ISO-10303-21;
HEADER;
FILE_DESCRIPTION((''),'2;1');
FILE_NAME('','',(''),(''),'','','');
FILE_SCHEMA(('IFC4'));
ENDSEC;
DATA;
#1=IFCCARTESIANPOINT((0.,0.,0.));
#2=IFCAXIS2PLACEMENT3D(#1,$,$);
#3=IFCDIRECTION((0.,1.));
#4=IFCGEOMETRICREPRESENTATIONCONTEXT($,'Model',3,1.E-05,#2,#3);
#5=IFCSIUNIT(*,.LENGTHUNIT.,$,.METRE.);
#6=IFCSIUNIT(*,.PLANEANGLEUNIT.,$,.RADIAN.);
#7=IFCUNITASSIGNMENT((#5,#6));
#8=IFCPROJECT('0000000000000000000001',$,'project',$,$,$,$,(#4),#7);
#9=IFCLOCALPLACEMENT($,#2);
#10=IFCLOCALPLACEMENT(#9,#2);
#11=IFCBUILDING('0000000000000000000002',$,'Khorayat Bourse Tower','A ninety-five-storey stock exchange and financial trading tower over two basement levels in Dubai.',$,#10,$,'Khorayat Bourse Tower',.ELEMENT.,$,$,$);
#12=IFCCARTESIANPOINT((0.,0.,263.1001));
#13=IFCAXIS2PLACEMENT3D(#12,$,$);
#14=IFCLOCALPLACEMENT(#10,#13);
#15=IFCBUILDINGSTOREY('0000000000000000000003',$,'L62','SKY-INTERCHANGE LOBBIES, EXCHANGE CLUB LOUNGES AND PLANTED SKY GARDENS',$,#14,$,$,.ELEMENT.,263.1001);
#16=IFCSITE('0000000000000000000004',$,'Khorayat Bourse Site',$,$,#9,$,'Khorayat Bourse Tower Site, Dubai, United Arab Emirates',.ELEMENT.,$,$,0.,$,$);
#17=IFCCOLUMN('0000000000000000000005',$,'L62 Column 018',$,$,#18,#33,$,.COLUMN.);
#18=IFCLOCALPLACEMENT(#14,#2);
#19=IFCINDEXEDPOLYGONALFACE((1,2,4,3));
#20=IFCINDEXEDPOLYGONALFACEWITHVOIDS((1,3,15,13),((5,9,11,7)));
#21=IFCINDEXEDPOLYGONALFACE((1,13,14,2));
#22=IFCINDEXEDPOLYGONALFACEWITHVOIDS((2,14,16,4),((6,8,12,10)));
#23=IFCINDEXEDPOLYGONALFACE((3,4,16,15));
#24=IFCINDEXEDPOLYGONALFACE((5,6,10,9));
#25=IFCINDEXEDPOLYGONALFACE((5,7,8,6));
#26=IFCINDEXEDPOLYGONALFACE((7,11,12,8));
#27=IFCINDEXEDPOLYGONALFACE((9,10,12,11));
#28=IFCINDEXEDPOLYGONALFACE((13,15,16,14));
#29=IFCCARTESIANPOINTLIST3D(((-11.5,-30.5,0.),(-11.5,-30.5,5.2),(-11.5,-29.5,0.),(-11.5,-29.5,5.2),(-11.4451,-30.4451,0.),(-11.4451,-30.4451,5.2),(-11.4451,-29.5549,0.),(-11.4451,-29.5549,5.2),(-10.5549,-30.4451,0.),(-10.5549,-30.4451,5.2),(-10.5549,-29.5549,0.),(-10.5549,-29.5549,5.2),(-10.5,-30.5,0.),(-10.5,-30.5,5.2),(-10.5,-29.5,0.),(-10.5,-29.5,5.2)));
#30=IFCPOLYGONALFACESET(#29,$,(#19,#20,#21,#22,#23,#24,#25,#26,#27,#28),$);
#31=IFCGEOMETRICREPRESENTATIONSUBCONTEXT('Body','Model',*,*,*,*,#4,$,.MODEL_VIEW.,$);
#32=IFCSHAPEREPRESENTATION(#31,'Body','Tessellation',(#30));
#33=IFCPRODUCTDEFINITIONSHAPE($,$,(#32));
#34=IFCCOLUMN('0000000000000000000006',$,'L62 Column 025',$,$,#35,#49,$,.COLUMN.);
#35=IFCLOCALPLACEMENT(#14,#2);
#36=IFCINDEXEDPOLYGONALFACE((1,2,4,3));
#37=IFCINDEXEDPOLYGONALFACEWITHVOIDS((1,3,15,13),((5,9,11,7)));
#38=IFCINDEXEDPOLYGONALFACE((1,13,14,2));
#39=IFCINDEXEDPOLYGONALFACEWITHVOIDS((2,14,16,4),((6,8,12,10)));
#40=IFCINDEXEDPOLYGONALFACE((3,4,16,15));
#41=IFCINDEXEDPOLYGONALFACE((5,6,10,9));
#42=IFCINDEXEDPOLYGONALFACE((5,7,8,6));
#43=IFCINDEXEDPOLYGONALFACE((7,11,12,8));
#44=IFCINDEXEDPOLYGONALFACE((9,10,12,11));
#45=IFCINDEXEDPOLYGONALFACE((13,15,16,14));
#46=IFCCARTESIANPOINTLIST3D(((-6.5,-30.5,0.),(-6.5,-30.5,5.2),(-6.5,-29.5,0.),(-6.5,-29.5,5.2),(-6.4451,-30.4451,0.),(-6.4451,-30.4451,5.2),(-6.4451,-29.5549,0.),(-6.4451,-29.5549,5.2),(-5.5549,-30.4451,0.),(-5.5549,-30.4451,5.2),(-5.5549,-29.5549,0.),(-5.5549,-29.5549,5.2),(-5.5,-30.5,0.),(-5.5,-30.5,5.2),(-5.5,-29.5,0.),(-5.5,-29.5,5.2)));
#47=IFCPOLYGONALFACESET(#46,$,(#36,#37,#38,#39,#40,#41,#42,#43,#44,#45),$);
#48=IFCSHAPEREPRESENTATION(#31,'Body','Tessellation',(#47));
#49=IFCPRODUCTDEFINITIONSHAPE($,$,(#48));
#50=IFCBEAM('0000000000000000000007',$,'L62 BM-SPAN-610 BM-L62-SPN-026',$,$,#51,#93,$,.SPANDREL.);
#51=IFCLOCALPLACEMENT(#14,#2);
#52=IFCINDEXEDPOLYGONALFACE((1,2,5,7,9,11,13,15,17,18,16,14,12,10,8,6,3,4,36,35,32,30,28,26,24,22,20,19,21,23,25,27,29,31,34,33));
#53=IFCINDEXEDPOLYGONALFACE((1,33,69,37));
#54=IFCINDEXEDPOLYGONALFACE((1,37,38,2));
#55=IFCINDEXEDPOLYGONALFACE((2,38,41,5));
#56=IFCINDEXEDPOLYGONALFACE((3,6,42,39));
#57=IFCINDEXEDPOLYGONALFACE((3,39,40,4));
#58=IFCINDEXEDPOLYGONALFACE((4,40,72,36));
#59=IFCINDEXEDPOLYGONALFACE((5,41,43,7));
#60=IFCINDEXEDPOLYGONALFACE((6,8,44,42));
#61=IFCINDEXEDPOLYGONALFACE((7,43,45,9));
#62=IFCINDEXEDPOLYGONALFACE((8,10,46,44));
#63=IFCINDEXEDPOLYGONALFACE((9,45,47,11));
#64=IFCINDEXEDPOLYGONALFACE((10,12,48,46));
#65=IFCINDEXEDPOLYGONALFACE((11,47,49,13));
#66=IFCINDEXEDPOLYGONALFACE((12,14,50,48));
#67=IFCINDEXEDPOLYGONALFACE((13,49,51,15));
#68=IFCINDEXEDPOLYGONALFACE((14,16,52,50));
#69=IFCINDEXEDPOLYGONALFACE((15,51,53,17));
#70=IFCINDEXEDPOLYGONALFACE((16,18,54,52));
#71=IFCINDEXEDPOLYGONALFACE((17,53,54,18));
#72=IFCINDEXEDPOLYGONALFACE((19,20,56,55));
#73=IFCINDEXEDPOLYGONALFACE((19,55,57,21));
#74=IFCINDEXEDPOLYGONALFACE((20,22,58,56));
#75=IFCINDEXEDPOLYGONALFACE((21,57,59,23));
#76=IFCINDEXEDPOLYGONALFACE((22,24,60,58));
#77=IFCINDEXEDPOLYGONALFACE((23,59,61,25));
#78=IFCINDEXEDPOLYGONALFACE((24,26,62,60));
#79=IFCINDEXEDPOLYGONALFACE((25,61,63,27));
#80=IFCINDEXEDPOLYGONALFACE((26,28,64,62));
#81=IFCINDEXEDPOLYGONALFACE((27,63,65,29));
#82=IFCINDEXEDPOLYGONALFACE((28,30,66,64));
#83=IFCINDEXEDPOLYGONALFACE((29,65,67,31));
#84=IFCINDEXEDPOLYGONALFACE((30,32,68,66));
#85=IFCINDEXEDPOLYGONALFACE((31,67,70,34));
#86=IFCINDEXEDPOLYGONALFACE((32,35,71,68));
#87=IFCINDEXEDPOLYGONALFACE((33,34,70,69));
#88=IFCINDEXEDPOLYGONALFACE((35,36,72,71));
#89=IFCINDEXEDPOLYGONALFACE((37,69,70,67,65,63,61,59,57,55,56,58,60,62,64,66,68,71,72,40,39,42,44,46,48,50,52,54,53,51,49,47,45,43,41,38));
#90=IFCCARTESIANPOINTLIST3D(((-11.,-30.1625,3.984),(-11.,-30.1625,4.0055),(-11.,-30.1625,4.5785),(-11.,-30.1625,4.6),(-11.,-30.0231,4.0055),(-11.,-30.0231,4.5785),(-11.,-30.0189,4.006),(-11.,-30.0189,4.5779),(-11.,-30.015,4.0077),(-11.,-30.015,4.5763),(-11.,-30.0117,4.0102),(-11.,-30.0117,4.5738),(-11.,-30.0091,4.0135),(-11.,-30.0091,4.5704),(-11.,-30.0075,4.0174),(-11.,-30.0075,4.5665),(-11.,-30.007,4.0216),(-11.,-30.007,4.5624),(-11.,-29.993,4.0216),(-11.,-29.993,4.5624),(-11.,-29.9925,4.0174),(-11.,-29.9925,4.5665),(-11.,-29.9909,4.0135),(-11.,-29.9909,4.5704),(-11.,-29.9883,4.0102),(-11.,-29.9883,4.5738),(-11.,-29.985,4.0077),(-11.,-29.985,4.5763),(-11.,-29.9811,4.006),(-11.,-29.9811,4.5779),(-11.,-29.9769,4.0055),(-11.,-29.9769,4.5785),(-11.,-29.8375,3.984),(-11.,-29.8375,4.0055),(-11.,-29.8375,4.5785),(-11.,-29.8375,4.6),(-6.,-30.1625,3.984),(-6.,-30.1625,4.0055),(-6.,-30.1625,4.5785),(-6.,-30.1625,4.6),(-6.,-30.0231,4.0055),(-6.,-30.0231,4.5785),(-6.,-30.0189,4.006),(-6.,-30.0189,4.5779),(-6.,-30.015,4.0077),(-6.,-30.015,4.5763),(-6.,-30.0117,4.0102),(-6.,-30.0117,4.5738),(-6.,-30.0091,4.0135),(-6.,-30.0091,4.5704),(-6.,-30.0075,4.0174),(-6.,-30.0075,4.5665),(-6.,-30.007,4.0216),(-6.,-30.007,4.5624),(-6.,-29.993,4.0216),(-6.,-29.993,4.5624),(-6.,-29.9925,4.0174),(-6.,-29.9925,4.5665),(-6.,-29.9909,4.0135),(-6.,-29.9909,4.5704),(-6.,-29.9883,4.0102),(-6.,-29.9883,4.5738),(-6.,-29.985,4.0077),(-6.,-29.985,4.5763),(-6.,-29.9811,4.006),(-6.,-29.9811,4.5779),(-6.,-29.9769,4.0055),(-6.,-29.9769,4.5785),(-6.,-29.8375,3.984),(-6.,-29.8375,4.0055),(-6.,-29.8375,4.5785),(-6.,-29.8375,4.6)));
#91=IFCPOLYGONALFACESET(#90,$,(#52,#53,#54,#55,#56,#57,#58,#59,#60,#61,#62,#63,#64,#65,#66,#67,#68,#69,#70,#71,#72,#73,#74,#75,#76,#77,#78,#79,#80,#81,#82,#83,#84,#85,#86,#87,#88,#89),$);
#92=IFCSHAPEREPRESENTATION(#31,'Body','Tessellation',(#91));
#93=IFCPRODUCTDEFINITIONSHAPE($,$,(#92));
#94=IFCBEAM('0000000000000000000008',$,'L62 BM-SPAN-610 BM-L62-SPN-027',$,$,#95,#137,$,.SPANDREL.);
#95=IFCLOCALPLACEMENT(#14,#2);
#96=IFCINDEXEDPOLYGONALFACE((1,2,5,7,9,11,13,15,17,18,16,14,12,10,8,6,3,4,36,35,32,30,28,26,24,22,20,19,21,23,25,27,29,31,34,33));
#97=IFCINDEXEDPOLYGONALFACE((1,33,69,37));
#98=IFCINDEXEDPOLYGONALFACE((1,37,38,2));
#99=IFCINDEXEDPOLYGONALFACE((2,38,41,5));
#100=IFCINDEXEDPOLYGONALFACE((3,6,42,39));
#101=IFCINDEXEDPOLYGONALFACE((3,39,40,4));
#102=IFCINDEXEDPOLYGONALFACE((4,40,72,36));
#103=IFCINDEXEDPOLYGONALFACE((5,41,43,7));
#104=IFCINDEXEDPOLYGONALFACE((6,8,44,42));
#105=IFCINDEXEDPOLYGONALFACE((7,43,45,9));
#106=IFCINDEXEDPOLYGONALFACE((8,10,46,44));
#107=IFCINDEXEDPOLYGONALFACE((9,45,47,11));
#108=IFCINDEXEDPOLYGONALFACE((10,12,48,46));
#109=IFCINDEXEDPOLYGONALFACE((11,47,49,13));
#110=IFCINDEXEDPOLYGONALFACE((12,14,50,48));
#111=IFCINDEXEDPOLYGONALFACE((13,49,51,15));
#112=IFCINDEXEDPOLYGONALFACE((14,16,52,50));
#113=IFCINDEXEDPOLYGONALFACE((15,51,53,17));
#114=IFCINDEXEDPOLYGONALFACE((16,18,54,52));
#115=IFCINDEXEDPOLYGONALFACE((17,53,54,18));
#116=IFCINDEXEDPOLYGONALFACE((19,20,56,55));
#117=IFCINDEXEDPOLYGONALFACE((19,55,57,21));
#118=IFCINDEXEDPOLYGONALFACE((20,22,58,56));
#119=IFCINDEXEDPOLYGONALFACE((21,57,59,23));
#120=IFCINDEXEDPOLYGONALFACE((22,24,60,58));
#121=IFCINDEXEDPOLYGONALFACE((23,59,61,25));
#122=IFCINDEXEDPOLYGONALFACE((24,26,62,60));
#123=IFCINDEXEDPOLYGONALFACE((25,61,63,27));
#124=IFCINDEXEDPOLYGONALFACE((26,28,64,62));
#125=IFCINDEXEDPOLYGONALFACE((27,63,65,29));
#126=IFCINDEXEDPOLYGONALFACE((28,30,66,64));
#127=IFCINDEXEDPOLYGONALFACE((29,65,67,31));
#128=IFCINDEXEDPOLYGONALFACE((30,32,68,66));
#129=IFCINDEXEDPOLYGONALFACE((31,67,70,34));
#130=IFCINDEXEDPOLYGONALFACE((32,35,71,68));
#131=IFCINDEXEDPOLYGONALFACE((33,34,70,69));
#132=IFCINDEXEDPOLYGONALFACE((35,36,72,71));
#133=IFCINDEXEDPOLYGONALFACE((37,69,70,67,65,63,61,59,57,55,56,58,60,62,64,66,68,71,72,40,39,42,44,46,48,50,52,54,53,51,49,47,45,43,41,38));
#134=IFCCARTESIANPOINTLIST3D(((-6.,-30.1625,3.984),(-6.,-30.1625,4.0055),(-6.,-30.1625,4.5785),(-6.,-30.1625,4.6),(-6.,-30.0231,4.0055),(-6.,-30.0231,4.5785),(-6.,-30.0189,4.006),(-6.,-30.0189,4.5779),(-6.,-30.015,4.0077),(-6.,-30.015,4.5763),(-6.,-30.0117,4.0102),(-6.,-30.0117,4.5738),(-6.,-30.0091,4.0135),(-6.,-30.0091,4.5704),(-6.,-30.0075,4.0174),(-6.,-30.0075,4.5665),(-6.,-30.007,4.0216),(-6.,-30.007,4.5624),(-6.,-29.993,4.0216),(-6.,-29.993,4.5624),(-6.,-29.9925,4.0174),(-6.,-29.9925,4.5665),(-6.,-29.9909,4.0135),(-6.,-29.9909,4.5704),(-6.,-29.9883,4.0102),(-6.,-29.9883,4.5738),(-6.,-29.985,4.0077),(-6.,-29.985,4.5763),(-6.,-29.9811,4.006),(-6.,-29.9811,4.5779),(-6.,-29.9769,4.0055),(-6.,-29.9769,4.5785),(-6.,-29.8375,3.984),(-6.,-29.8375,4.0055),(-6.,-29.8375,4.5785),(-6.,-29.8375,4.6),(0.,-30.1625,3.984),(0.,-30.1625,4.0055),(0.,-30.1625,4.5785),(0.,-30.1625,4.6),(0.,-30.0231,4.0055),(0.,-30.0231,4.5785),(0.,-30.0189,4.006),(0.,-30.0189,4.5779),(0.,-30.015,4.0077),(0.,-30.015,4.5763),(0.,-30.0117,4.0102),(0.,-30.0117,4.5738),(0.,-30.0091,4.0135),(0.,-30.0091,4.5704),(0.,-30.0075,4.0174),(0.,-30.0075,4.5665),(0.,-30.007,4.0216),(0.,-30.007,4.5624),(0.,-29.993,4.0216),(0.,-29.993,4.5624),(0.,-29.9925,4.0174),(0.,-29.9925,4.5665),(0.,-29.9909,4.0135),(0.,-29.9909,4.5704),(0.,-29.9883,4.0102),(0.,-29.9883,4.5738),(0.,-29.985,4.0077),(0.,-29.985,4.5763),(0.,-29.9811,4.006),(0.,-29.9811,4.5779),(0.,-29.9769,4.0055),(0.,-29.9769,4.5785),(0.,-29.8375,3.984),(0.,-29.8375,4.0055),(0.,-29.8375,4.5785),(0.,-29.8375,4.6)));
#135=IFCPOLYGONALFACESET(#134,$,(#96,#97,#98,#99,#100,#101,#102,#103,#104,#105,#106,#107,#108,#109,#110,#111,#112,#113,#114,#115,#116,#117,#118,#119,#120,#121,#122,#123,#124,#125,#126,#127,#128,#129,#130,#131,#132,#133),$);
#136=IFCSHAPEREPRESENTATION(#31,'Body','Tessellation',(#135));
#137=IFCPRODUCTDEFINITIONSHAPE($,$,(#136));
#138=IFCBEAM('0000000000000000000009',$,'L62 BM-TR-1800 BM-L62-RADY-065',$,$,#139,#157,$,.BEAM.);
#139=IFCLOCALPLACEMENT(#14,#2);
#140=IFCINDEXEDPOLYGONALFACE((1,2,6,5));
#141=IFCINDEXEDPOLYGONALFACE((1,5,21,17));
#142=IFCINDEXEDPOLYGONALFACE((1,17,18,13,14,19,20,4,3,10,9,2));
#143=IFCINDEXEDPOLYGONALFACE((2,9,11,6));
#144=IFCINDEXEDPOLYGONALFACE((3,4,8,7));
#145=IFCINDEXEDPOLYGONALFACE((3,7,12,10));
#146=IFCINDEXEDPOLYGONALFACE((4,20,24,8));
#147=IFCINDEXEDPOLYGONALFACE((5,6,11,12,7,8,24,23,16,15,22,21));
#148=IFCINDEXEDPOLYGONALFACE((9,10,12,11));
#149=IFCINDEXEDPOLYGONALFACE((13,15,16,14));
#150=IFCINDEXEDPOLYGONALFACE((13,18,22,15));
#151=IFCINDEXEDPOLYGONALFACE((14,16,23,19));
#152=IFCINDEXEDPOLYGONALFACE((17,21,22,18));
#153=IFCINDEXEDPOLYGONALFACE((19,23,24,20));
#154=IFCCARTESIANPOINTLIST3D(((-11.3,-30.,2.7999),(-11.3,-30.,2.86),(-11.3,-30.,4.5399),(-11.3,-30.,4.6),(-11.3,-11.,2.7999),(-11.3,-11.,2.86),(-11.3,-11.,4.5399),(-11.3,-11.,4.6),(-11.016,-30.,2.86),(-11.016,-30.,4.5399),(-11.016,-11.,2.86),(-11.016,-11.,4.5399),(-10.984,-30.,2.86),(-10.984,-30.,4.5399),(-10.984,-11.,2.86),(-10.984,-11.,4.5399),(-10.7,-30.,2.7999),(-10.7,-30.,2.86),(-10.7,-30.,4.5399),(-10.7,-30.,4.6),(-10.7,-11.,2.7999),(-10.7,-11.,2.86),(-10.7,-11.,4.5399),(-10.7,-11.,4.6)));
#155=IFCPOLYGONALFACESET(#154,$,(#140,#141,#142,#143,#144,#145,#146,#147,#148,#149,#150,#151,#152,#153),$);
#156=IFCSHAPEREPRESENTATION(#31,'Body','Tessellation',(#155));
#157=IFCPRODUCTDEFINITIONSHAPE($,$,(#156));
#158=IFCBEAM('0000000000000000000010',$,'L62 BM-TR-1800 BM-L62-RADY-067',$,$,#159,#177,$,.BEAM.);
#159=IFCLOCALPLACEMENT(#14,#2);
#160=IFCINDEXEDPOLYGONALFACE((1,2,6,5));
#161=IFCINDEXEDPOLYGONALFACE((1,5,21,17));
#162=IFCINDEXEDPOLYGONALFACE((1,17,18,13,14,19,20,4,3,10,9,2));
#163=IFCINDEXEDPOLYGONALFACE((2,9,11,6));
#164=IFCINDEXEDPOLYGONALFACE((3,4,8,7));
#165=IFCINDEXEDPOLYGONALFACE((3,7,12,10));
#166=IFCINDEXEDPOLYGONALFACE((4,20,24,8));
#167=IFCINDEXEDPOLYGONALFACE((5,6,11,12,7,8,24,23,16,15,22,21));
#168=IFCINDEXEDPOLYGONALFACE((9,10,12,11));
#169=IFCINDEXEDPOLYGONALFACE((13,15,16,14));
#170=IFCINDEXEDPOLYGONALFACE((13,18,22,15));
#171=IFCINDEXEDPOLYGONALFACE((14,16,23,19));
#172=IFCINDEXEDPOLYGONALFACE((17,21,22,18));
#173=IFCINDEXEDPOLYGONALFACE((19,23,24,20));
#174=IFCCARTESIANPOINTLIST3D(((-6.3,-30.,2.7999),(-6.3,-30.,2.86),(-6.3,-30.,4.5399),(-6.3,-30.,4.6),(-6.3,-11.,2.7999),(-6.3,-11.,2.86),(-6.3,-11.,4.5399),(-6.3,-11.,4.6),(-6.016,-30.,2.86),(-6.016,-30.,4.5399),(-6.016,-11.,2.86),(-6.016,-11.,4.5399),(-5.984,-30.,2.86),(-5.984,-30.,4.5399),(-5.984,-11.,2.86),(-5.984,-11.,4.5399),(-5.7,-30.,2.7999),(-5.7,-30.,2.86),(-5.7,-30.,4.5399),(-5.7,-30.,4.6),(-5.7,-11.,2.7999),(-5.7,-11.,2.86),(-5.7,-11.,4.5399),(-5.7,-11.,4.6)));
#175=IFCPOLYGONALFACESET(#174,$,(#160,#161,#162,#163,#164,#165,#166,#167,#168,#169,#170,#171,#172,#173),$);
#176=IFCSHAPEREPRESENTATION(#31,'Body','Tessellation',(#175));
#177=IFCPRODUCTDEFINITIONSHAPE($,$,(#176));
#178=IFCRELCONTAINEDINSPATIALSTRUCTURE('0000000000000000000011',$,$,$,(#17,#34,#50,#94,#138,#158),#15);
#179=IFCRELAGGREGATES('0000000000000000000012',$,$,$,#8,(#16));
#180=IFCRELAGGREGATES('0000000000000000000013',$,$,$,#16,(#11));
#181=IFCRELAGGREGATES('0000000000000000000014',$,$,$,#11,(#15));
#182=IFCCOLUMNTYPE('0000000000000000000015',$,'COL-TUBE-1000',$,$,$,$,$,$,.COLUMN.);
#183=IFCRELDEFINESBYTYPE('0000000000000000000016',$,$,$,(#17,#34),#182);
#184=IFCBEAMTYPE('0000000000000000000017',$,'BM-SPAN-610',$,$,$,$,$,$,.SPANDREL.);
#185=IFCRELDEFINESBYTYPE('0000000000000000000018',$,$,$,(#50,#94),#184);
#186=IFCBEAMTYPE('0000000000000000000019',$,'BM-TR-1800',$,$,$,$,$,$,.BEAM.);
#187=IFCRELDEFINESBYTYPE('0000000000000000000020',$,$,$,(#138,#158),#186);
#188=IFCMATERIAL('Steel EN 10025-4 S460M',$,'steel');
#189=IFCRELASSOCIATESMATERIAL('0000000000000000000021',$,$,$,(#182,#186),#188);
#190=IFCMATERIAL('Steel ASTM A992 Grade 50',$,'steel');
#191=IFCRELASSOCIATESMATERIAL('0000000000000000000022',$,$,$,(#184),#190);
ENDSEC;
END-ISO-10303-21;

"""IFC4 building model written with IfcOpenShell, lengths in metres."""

from ifc_helpers import new_model, si_unit, direction, frame, origin, origin_2d, place, context, subcontext, project, spatial, hollow_rectangle, i_section, extrude, source, transform, mapped, material, material_profile, profile_set, type_object, element, save


model = new_model("IFC4")

# Units and contexts
model_context = context("Model", 3, precision=1e-05, world=origin(), true_north=direction((0.0, 1.0)))
body_context = subcontext(model_context, "Body", "Model", "MODEL_VIEW")
ifc_project = project(units=[si_unit("LENGTHUNIT", "METRE"), si_unit("PLANEANGLEUNIT", "RADIAN")], contexts=[model_context])

# Site, building, storey
site_placement = place(None, origin())
site = spatial("IfcSite", under=ifc_project, at=site_placement, Name="Khorayat Bourse Site", LongName="Khorayat Bourse Tower Site, Dubai, United Arab Emirates", CompositionType="ELEMENT", RefElevation=0.0)
building_placement = place(site_placement, origin())
building = spatial("IfcBuilding", under=site, at=building_placement, Name="Khorayat Bourse Tower", Description="A ninety-five-storey stock exchange and financial trading tower over two basement levels in Dubai.", LongName="Khorayat Bourse Tower", CompositionType="ELEMENT")
storey_placement = place(building_placement, frame((0.0, 0.0, 263.1001)))
storey = spatial("IfcBuildingStorey", under=building, at=storey_placement, Name="L62", Description="SKY-INTERCHANGE LOBBIES, EXCHANGE CLUB LOUNGES AND PLANTED SKY GARDENS", CompositionType="ELEMENT", Elevation=263.1001)

# Columns
ifc_material_1 = material(Name="Steel EN 10025-4 S460M", Category="steel")
ifc_material_profile_1 = material_profile(ifc_material_1, hollow_rectangle(XDim=1.0, YDim=1.0, WallThickness=0.0549, at=origin_2d()), Name="BOX 1000x1000x55")
ifc_profile_set_1 = profile_set([ifc_material_profile_1], Name="Steel EN 10025-4 S460M")
column_type = type_object("IfcColumnType", Name="COL-TUBE-1000", PredefinedType="COLUMN", material=ifc_profile_set_1)
shared_shape_1 = source(origin(), body_context, "Body", "SweptSolid", [
    extrude(hollow_rectangle(XDim=1.0, YDim=1.0, WallThickness=0.0549, at=origin_2d()), origin(), (0.0, 0.0, 1.0), 5.2),
])
for number, where, z_axis, x_axis, name in (
    (1, (-11.0, -30.0, 0.0), (0.0, 0.0, 1.0), (1.0, 0.0, 0.0), "L62 Column 018"),
    (2, (-6.0, -30.0, 0.0), (0.0, 0.0, 1.0), (1.0, 0.0, 0.0), "L62 Column 025"),
):
    element("IfcColumn", number, at=place(storey_placement, frame(where, z_axis=z_axis, x_axis=x_axis)), inside=storey, type_object=column_type, Name=name, PredefinedType="COLUMN", context=body_context, shape_type="MappedRepresentation", body=[
        mapped(shared_shape_1, transform((0.0, 0.0, 0.0), scale=1.0)),
    ])

# Beams
ifc_material_2 = material(Name="Steel ASTM A992 Grade 50", Category="steel")
ifc_material_profile_2 = material_profile(ifc_material_2, i_section(OverallWidth=0.325, OverallDepth=0.616, WebThickness=0.0139, FlangeThickness=0.0215, FilletRadius=0.0161, at=origin_2d()), Name="W610X174")
ifc_profile_set_2 = profile_set([ifc_material_profile_2], Name="Steel ASTM A992 Grade 50")
beam_type_1 = type_object("IfcBeamType", Name="BM-SPAN-610", PredefinedType="SPANDREL", material=ifc_profile_set_2)
shared_shape_2 = source(origin(), body_context, "Body", "SweptSolid", [
    extrude(i_section(OverallWidth=0.325, OverallDepth=0.616, WebThickness=0.0139, FlangeThickness=0.0215, FilletRadius=0.0161, at=origin_2d()), origin(), (0.0, 0.0, 1.0), 5.0),
])
beam_1_placement = place(storey_placement, frame((-11.0, -30.0, 4.292), z_axis=(1.0, 0.0, 0.0), x_axis=(0.0, 1.0, 0.0)))
element("IfcBeam", 3, at=beam_1_placement, inside=storey, type_object=beam_type_1, Name="L62 BM-SPAN-610 BM-L62-SPN-026", PredefinedType="SPANDREL", context=body_context, shape_type="MappedRepresentation", body=[
    mapped(shared_shape_2, transform((0.0, 0.0, 0.0), scale=1.0)),
])
shared_shape_3 = source(origin(), body_context, "Body", "SweptSolid", [
    extrude(i_section(OverallWidth=0.325, OverallDepth=0.616, WebThickness=0.0139, FlangeThickness=0.0215, FilletRadius=0.0161, at=origin_2d()), origin(), (0.0, 0.0, 1.0), 6.0),
])
beam_2_placement = place(storey_placement, frame((-6.0, -30.0, 4.292), z_axis=(1.0, 0.0, 0.0), x_axis=(0.0, 1.0, 0.0)))
element("IfcBeam", 4, at=beam_2_placement, inside=storey, type_object=beam_type_1, Name="L62 BM-SPAN-610 BM-L62-SPN-027", PredefinedType="SPANDREL", context=body_context, shape_type="MappedRepresentation", body=[
    mapped(shared_shape_3, transform((0.0, 0.0, 0.0), scale=1.0)),
])
ifc_material_profile_3 = material_profile(ifc_material_1, i_section(OverallWidth=0.6001, OverallDepth=1.8, WebThickness=0.032, FlangeThickness=0.0601, at=origin_2d()), Name="PG 1800x600x32x60")
ifc_profile_set_3 = profile_set([ifc_material_profile_3], Name="Steel EN 10025-4 S460M")
beam_type_2 = type_object("IfcBeamType", Name="BM-TR-1800", PredefinedType="BEAM", material=ifc_profile_set_3)
shared_shape_4 = source(origin(), body_context, "Body", "SweptSolid", [
    extrude(i_section(OverallWidth=0.6001, OverallDepth=1.8, WebThickness=0.032, FlangeThickness=0.0601, at=origin_2d()), origin(), (0.0, 0.0, 1.0), 19.0),
])
for number, where, z_axis, x_axis, name in (
    (5, (-11.0, -30.0, 3.7), (0.0, 1.0, 0.0), (-1.0, 0.0, 0.0), "L62 BM-TR-1800 BM-L62-RADY-065"),
    (6, (-6.0, -30.0, 3.7), (0.0, 1.0, 0.0), (-1.0, 0.0, 0.0), "L62 BM-TR-1800 BM-L62-RADY-067"),
):
    element("IfcBeam", number, at=place(storey_placement, frame(where, z_axis=z_axis, x_axis=x_axis)), inside=storey, type_object=beam_type_2, Name=name, PredefinedType="BEAM", context=body_context, shape_type="MappedRepresentation", body=[
        mapped(shared_shape_4, transform((0.0, 0.0, 0.0), scale=1.0)),
    ])

save(model, "model.ifc")
